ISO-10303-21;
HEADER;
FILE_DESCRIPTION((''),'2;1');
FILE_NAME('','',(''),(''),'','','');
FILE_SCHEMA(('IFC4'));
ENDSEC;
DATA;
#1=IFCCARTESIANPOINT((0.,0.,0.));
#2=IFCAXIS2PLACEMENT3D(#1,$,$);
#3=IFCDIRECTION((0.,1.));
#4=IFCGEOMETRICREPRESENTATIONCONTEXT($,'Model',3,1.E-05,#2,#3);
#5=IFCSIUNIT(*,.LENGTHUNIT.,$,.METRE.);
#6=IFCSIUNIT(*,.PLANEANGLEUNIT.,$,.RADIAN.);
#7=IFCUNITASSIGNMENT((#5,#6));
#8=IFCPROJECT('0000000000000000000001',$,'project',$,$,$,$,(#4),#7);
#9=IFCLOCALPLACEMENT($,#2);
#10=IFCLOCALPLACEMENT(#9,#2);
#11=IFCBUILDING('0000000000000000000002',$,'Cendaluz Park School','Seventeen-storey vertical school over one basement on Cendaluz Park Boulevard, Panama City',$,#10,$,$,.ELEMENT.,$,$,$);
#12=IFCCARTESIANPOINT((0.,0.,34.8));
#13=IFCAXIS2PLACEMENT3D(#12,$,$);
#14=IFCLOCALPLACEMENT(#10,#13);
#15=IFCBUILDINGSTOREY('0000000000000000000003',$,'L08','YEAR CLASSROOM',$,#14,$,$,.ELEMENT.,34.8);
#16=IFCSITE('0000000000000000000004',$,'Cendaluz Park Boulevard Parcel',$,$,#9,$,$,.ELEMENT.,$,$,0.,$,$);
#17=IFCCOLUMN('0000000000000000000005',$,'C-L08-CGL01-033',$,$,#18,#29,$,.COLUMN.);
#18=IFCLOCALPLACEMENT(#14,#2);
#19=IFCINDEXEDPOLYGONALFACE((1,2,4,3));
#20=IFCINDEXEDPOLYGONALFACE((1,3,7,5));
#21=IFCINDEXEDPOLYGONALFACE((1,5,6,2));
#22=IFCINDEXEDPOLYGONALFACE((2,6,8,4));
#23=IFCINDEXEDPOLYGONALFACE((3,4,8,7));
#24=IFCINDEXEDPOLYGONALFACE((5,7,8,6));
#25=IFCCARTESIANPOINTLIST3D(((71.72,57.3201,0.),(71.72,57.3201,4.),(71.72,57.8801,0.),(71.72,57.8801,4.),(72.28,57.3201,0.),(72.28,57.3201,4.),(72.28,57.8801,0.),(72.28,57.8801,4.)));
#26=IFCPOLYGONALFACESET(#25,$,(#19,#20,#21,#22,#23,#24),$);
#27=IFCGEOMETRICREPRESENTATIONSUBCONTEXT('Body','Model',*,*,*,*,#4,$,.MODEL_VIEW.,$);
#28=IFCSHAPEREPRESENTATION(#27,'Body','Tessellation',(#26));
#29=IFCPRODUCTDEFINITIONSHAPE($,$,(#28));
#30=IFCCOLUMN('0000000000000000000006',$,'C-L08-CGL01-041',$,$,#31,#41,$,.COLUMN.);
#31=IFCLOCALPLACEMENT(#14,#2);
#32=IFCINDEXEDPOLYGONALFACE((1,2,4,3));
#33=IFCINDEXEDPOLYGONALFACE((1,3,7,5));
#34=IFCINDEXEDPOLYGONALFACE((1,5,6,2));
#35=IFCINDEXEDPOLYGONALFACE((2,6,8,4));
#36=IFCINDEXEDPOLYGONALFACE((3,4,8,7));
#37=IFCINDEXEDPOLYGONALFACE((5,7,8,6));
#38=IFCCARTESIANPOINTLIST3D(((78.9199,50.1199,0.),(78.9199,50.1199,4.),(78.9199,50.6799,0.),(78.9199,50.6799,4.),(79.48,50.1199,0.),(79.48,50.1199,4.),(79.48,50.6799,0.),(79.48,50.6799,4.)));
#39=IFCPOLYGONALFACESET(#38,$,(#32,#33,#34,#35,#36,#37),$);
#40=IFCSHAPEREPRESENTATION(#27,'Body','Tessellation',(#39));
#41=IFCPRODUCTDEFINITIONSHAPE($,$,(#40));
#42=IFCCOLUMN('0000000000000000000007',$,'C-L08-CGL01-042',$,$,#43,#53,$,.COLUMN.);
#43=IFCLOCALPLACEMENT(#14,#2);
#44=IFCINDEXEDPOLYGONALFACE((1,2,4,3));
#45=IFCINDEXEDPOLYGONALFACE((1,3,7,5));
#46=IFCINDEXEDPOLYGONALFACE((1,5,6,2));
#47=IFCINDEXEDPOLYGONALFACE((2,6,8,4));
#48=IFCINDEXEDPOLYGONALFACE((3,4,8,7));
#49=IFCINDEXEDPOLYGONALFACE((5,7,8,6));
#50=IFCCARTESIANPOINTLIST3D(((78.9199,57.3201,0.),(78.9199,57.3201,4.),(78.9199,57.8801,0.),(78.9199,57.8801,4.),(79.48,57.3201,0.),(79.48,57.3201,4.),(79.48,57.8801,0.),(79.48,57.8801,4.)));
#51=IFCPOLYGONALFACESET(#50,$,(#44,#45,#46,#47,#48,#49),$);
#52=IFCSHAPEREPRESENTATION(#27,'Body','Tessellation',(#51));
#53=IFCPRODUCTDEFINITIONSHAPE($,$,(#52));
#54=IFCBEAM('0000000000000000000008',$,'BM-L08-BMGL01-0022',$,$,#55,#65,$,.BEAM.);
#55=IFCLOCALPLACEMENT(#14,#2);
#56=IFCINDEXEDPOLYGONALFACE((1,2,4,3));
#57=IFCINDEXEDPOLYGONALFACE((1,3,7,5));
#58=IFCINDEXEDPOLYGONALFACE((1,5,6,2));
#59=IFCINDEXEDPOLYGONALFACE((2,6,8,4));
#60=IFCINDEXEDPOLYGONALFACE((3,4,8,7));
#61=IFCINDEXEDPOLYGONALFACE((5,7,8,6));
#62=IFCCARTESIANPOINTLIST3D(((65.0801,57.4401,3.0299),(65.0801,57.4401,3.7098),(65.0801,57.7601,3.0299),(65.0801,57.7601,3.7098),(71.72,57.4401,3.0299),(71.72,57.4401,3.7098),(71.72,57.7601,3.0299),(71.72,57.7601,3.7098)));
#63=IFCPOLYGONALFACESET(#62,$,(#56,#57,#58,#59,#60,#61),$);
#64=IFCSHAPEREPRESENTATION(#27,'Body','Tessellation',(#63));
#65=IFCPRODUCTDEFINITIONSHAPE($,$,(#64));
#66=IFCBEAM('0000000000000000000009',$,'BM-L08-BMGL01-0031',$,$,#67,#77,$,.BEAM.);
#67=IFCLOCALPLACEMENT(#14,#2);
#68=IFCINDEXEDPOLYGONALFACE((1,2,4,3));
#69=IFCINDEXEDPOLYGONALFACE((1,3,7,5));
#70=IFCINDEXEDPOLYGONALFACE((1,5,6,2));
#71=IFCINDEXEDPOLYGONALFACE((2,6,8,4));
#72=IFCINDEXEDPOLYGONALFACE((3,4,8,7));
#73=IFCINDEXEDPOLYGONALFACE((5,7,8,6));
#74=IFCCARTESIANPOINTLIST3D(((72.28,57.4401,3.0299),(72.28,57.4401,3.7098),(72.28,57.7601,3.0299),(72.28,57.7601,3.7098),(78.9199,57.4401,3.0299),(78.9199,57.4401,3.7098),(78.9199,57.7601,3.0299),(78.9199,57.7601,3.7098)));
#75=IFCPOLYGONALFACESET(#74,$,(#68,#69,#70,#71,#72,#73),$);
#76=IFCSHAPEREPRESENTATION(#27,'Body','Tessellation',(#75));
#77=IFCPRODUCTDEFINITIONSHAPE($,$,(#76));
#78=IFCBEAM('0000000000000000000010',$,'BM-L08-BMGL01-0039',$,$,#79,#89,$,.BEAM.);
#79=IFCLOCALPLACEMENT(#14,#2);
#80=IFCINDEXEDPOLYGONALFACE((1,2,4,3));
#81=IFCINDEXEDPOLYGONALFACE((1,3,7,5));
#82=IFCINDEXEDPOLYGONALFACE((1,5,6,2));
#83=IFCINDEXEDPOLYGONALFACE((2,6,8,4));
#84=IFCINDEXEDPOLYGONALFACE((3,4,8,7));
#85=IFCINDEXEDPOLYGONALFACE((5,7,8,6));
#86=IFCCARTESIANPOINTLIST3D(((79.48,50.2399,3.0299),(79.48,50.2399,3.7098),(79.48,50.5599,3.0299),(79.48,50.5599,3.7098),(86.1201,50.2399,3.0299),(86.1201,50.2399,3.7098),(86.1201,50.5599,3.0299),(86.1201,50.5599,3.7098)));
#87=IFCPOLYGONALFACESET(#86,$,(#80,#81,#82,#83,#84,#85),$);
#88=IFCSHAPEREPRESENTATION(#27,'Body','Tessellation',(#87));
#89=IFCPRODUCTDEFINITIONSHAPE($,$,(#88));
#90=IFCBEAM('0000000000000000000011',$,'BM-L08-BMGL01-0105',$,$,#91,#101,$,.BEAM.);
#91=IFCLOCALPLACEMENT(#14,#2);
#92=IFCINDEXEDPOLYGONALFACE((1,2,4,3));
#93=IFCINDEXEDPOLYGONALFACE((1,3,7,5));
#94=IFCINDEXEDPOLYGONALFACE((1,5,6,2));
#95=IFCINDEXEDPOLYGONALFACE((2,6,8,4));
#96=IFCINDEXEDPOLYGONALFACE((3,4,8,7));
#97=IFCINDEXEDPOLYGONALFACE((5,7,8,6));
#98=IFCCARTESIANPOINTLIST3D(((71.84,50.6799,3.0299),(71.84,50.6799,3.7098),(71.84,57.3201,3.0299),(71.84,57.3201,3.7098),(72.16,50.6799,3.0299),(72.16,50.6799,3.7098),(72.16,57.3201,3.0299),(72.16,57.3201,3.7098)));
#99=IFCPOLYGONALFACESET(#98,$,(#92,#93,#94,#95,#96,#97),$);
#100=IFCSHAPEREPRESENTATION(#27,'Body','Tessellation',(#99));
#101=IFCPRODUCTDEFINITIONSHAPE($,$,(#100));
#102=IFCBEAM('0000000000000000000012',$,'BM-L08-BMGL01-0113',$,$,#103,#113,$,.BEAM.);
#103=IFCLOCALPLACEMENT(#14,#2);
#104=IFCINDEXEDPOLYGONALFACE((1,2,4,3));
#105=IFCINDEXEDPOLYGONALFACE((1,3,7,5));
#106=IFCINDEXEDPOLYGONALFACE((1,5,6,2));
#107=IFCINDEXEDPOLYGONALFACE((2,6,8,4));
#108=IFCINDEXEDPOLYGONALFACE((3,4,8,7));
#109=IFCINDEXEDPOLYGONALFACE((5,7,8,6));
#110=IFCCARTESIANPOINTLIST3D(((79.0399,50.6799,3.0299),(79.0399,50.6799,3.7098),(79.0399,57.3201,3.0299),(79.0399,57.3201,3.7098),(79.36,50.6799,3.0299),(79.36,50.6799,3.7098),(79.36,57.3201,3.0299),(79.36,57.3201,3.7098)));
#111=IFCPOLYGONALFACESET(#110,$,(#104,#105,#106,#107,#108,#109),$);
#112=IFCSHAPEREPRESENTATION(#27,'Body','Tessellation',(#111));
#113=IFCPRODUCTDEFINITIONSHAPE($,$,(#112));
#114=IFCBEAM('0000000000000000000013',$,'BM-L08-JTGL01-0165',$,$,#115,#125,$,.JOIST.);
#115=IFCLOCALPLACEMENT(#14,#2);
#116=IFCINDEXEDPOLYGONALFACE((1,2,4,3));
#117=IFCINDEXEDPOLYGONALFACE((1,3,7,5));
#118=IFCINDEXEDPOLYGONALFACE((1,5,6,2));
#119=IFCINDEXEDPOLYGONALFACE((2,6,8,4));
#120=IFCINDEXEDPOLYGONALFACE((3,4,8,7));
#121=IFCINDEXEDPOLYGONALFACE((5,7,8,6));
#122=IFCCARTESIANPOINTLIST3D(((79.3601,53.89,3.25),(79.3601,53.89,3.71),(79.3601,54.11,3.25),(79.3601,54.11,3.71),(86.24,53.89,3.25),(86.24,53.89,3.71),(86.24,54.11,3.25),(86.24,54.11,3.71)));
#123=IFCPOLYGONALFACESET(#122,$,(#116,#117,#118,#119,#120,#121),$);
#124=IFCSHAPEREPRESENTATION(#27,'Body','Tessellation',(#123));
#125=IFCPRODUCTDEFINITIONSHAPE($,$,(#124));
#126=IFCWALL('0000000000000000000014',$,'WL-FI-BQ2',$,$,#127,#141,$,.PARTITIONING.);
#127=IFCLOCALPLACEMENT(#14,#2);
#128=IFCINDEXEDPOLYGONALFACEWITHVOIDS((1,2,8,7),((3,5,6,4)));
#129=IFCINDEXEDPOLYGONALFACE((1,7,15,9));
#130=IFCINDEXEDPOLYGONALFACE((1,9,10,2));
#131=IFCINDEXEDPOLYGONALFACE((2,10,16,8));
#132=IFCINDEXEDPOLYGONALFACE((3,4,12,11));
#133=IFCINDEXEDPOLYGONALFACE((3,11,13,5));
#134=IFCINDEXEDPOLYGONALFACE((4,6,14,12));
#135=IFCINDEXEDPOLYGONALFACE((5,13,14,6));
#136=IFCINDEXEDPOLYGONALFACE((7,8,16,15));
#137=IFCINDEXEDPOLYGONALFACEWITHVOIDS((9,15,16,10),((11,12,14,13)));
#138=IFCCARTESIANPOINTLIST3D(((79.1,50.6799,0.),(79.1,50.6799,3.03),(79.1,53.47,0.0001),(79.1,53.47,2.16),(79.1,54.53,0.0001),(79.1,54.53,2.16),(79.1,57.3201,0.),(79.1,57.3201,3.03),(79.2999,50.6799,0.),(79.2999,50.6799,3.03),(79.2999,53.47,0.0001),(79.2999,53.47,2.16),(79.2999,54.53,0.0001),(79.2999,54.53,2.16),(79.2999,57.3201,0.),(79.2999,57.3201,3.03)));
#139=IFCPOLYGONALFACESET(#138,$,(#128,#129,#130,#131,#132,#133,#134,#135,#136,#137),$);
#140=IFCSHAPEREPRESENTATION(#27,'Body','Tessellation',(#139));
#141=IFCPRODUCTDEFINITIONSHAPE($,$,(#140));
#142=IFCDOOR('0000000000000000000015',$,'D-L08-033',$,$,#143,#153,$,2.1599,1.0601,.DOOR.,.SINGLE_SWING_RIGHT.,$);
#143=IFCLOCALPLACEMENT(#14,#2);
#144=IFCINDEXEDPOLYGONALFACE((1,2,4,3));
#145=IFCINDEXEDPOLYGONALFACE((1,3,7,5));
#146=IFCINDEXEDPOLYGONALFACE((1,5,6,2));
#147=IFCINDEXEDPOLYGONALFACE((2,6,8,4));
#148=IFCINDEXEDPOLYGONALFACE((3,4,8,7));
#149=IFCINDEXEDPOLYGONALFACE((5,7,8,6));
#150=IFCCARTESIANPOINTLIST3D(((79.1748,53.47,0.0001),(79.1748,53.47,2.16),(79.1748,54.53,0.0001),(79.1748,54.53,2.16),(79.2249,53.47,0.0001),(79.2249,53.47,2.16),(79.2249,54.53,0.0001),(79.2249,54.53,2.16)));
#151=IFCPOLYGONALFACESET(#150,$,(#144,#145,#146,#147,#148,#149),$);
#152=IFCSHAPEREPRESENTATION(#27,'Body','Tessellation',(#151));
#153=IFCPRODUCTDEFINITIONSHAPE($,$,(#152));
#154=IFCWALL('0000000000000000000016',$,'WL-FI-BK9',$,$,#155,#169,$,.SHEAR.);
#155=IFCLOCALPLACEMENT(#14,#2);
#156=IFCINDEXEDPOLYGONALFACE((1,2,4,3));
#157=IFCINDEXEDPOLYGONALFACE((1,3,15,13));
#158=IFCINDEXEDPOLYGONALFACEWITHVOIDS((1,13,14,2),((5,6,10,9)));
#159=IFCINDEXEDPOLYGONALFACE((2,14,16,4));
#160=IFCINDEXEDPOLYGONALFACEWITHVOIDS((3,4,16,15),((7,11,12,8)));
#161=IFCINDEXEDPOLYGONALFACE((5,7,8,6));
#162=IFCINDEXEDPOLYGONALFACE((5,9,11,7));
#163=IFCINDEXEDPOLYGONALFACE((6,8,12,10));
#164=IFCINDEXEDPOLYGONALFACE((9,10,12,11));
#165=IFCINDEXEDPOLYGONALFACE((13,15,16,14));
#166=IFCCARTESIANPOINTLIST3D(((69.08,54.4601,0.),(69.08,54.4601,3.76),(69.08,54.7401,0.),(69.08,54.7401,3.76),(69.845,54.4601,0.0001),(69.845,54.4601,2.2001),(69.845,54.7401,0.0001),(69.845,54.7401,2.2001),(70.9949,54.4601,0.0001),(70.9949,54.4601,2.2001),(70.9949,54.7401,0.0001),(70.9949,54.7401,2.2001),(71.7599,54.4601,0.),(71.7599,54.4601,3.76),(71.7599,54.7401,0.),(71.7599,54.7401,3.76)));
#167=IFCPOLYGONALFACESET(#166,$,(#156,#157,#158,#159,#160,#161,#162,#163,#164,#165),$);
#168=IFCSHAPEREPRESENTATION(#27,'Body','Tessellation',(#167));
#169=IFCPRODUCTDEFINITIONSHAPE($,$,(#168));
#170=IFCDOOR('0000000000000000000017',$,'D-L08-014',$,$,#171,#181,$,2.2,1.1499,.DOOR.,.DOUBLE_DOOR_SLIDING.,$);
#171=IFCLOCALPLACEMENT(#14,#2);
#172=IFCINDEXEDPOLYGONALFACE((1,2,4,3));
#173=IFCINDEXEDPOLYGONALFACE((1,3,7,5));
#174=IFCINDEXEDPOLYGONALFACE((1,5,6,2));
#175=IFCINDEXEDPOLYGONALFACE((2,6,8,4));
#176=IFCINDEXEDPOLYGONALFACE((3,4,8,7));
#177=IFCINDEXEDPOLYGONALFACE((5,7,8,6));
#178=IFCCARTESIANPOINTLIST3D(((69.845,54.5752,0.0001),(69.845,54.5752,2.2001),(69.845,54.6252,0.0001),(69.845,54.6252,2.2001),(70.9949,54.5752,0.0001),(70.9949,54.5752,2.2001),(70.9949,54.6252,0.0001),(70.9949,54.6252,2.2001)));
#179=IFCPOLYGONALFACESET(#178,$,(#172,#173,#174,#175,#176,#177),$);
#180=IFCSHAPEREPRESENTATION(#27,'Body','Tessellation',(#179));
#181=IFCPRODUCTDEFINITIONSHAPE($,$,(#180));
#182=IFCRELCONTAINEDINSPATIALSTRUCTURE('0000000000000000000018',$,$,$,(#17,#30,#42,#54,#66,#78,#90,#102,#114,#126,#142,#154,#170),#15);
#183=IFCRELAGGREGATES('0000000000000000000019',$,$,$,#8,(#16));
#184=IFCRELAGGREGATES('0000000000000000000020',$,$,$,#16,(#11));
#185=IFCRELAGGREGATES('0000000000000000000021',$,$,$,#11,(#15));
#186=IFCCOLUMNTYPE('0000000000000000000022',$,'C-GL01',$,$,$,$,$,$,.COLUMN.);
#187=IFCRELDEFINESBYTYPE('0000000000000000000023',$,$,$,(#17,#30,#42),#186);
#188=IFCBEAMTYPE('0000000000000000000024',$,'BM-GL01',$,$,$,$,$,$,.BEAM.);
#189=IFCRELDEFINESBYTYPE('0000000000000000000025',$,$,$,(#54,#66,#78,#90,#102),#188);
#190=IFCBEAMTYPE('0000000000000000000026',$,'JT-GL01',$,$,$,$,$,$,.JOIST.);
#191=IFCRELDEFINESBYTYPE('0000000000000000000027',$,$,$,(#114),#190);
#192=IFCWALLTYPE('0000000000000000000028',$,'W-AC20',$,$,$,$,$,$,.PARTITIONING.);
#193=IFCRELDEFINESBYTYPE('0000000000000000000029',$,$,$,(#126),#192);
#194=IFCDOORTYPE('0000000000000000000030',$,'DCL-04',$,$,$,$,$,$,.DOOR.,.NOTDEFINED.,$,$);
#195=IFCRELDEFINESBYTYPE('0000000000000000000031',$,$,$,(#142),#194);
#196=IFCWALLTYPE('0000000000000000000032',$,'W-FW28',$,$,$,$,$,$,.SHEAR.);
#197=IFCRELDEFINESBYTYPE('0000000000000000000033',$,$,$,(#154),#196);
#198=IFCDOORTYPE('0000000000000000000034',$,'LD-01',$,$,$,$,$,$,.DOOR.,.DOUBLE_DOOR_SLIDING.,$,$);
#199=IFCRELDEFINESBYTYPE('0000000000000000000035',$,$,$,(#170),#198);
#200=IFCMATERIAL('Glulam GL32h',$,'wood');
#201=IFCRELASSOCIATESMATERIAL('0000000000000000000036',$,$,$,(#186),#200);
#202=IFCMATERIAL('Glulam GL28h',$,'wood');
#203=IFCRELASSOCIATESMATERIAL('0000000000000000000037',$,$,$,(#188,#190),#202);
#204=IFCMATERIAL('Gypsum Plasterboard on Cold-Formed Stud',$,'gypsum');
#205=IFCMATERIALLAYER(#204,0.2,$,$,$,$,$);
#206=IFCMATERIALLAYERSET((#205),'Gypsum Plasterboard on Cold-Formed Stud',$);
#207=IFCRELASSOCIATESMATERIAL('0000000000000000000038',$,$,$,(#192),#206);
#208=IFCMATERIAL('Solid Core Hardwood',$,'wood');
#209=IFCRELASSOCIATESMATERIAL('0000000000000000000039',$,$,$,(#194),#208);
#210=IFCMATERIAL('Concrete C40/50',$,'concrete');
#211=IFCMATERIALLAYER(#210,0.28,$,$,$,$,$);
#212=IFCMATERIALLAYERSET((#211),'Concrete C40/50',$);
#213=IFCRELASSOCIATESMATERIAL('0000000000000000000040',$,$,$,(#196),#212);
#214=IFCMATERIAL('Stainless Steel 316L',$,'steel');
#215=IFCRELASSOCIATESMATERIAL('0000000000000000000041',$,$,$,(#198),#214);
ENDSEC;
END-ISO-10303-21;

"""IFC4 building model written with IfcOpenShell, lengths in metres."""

from ifc_helpers import new_model, si_unit, direction, frame, frame_2d, origin, origin_2d, place, context, subcontext, project, spatial, rectangle, extrude, material, layer, layer_set, material_profile, profile_set, type_object, element, fill, save


model = new_model("IFC4")

# Units and contexts
model_context = context("Model", 3, precision=1e-05, world=origin(), true_north=direction((0.0, 1.0)))
body_context = subcontext(model_context, "Body", "Model", "MODEL_VIEW")
ifc_project = project(units=[si_unit("LENGTHUNIT", "METRE"), si_unit("PLANEANGLEUNIT", "RADIAN")], contexts=[model_context])

# Site, building, storey
site_placement = place(None, origin())
site = spatial("IfcSite", under=ifc_project, at=site_placement, Name="Cendaluz Park Boulevard Parcel", CompositionType="ELEMENT", RefElevation=0.0)
building_placement = place(site_placement, origin())
building = spatial("IfcBuilding", under=site, at=building_placement, Name="Cendaluz Park School", Description="Seventeen-storey vertical school over one basement on Cendaluz Park Boulevard, Panama City", CompositionType="ELEMENT")
storey_placement = place(building_placement, frame((0.0, 0.0, 34.8)))
storey = spatial("IfcBuildingStorey", under=building, at=storey_placement, Name="L08", Description="YEAR CLASSROOM", CompositionType="ELEMENT", Elevation=34.8)

# Columns
ifc_material_1 = material(Name="Glulam GL32h", Category="wood")
ifc_material_profile_1 = material_profile(ifc_material_1, rectangle(XDim=0.5601, YDim=0.5601, at=origin_2d()), Name="GL32h 560x560", Category="wood")
ifc_profile_set_1 = profile_set([ifc_material_profile_1], Name="Glulam GL32h")
column_type = type_object("IfcColumnType", Name="C-GL01", PredefinedType="COLUMN", material=ifc_profile_set_1)
for number, where, z_axis, x_axis, name in (
    (1, (72.0, 57.6001, 0.0), (0.0, 0.0, 1.0), (1.0, 0.0, 0.0), "C-L08-CGL01-033"),
    (2, (79.2, 50.3999, 0.0), (0.0, 0.0, 1.0), (1.0, 0.0, 0.0), "C-L08-CGL01-041"),
    (3, (79.2, 57.6001, 0.0), (0.0, 0.0, 1.0), (1.0, 0.0, 0.0), "C-L08-CGL01-042"),
):
    element("IfcColumn", number, at=place(storey_placement, frame(where, z_axis=z_axis, x_axis=x_axis)), inside=storey, type_object=column_type, Name=name, PredefinedType="COLUMN", context=body_context, shape_type="SweptSolid", body=[
        extrude(rectangle(XDim=0.5601, YDim=0.5601, at=origin_2d()), origin(), (0.0, 0.0, 1.0), 4.0),
    ])

# Beams
ifc_material_2 = material(Name="Glulam GL28h", Category="wood")
ifc_material_profile_2 = material_profile(ifc_material_2, rectangle(XDim=0.3201, YDim=0.6799, at=origin_2d()), Name="GL28h 320x680", Category="wood")
ifc_profile_set_2 = profile_set([ifc_material_profile_2], Name="Glulam GL28h")
beam_type_1 = type_object("IfcBeamType", Name="BM-GL01", PredefinedType="BEAM", material=ifc_profile_set_2)
for number, where, z_axis, x_axis, name in (
    (4, (65.0801, 57.6001, 3.3699), (1.0, 0.0, 0.0), (0.0, 1.0, 0.0), "BM-L08-BMGL01-0022"),
    (5, (72.28, 57.6001, 3.3699), (1.0, 0.0, 0.0), (0.0, 1.0, 0.0), "BM-L08-BMGL01-0031"),
):
    element("IfcBeam", number, at=place(storey_placement, frame(where, z_axis=z_axis, x_axis=x_axis)), inside=storey, type_object=beam_type_1, Name=name, PredefinedType="BEAM", context=body_context, shape_type="SweptSolid", body=[
        extrude(rectangle(XDim=0.3201, YDim=0.6799, at=origin_2d()), origin(), (0.0, 0.0, 1.0), 6.6399),
    ])
for number, where, z_axis, x_axis, name in (
    (6, (79.48, 50.3999, 3.3699), (1.0, 0.0, 0.0), (0.0, 1.0, 0.0), "BM-L08-BMGL01-0039"),
    (7, (72.0, 50.6799, 3.3699), (0.0, 1.0, 0.0), (-1.0, 0.0, 0.0), "BM-L08-BMGL01-0105"),
    (8, (79.2, 50.6799, 3.3699), (0.0, 1.0, 0.0), (-1.0, 0.0, 0.0), "BM-L08-BMGL01-0113"),
):
    element("IfcBeam", number, at=place(storey_placement, frame(where, z_axis=z_axis, x_axis=x_axis)), inside=storey, type_object=beam_type_1, Name=name, PredefinedType="BEAM", context=body_context, shape_type="SweptSolid", body=[
        extrude(rectangle(XDim=0.3201, YDim=0.6799, at=origin_2d()), origin(), (0.0, 0.0, 1.0), 6.6401),
    ])
ifc_material_profile_3 = material_profile(ifc_material_2, rectangle(XDim=0.22, YDim=0.46, at=origin_2d()), Name="GL28h 220x460", Category="wood")
ifc_profile_set_3 = profile_set([ifc_material_profile_3], Name="Glulam GL28h")
beam_type_2 = type_object("IfcBeamType", Name="JT-GL01", PredefinedType="JOIST", material=ifc_profile_set_3)
beam_placement = place(storey_placement, frame((79.3601, 54.0, 3.48), z_axis=(1.0, 0.0, 0.0), x_axis=(0.0, 1.0, 0.0)))
element("IfcBeam", 9, at=beam_placement, inside=storey, type_object=beam_type_2, Name="BM-L08-JTGL01-0165", PredefinedType="JOIST", context=body_context, shape_type="SweptSolid", body=[
    extrude(rectangle(XDim=0.22, YDim=0.46, at=origin_2d()), origin(), (0.0, 0.0, 1.0), 6.8799),
])

# Walls, openings, doors
ifc_material_3 = material(Name="Gypsum Plasterboard on Cold-Formed Stud", Category="gypsum")
ifc_layer_1 = layer(ifc_material_3, 0.2)
ifc_layer_set_1 = layer_set([ifc_layer_1], Name="Gypsum Plasterboard on Cold-Formed Stud")
wall_type_1 = type_object("IfcWallType", Name="W-AC20", PredefinedType="PARTITIONING", material=ifc_layer_set_1)
wall_1_placement = place(storey_placement, frame((79.2, 50.6799, 0.0), z_axis=(0.0, 0.0, 1.0), x_axis=(0.0, 1.0, 0.0)))
wall_1 = element("IfcWall", 10, at=wall_1_placement, inside=storey, type_object=wall_type_1, Name="WL-FI-BQ2", PredefinedType="PARTITIONING", context=body_context, shape_type="SweptSolid", body=[
    extrude(rectangle(XDim=6.6401, YDim=0.2, at=frame_2d((3.3201, 0.0))), origin(), (0.0, 0.0, 1.0), 3.03),
])
opening_1_placement = place(wall_1_placement, frame((2.79, 0.0, 0.0)))
opening_1 = element("IfcOpeningElement", 11, at=opening_1_placement, cuts=wall_1, PredefinedType="OPENING", context=body_context, shape_type="SweptSolid", body=[
    extrude(rectangle(XDim=1.0601, YDim=2.1599, at=frame_2d((0.53, 1.0801))), frame((0.0, 0.1121, 0.0), z_axis=(0.0, -1.0, 0.0), x_axis=(1.0, 0.0, 0.0)), (0.0, 0.0, 1.0), 0.2239),
])
ifc_material_4 = material(Name="Solid Core Hardwood", Category="wood")
door_type_1 = type_object("IfcDoorType", Name="DCL-04", OperationType="NOTDEFINED", PredefinedType="DOOR", material=ifc_material_4)
door_1_placement = place(opening_1_placement, frame((1.0601, 0.0, 0.0), z_axis=(0.0, 0.0, 1.0), x_axis=(-1.0, 0.0, 0.0)))
door_1 = element("IfcDoor", 12, at=door_1_placement, inside=storey, type_object=door_type_1, Name="D-L08-033", OperationType="SINGLE_SWING_RIGHT", OverallHeight=2.1599, OverallWidth=1.0601, PredefinedType="DOOR", context=body_context, shape_type="SweptSolid", body=[
    extrude(rectangle(XDim=1.0601, YDim=2.1599, at=frame_2d((0.53, 1.0801))), frame((0.0, 0.0249, 0.0), z_axis=(0.0, -1.0, 0.0), x_axis=(1.0, 0.0, 0.0)), (0.0, 0.0, 1.0), 0.05),
])
fill(opening_1, door_1)
ifc_material_5 = material(Name="Concrete C40/50", Category="concrete")
ifc_layer_2 = layer(ifc_material_5, 0.28)
ifc_layer_set_2 = layer_set([ifc_layer_2], Name="Concrete C40/50")
wall_type_2 = type_object("IfcWallType", Name="W-FW28", PredefinedType="SHEAR", material=ifc_layer_set_2)
wall_2_placement = place(storey_placement, frame((69.0801, 54.6001, 0.0), z_axis=(0.0, 0.0, 1.0), x_axis=(1.0, 0.0, 0.0)))
wall_2 = element("IfcWall", 13, at=wall_2_placement, inside=storey, type_object=wall_type_2, Name="WL-FI-BK9", PredefinedType="SHEAR", context=body_context, shape_type="SweptSolid", body=[
    extrude(rectangle(XDim=2.6799, YDim=0.28, at=frame_2d((1.3398, 0.0))), origin(), (0.0, 0.0, 1.0), 3.76),
])
opening_2_placement = place(wall_2_placement, frame((0.7649, 0.0, 0.0)))
opening_2 = element("IfcOpeningElement", 14, at=opening_2_placement, cuts=wall_2, PredefinedType="OPENING", context=body_context, shape_type="SweptSolid", body=[
    extrude(rectangle(XDim=1.1499, YDim=2.2, at=frame_2d((0.575, 1.1001))), frame((0.0, 0.1521, 0.0), z_axis=(0.0, -1.0, 0.0), x_axis=(1.0, 0.0, 0.0)), (0.0, 0.0, 1.0), 0.304),
])
ifc_material_6 = material(Name="Stainless Steel 316L", Category="steel")
door_type_2 = type_object("IfcDoorType", Name="LD-01", OperationType="DOUBLE_DOOR_SLIDING", PredefinedType="DOOR", material=ifc_material_6)
door_2_placement = place(opening_2_placement, frame((1.1499, 0.0, 0.0), z_axis=(0.0, 0.0, 1.0), x_axis=(-1.0, 0.0, 0.0)))
door_2 = element("IfcDoor", 15, at=door_2_placement, inside=storey, type_object=door_type_2, Name="D-L08-014", OperationType="DOUBLE_DOOR_SLIDING", OverallHeight=2.2, OverallWidth=1.1499, PredefinedType="DOOR", context=body_context, shape_type="SweptSolid", body=[
    extrude(rectangle(XDim=1.1499, YDim=2.2, at=frame_2d((0.575, 1.1001))), frame((0.0, 0.0249, 0.0), z_axis=(0.0, -1.0, 0.0), x_axis=(1.0, 0.0, 0.0)), (0.0, 0.0, 1.0), 0.05),
])
fill(opening_2, door_2)

save(model, "model.ifc")
